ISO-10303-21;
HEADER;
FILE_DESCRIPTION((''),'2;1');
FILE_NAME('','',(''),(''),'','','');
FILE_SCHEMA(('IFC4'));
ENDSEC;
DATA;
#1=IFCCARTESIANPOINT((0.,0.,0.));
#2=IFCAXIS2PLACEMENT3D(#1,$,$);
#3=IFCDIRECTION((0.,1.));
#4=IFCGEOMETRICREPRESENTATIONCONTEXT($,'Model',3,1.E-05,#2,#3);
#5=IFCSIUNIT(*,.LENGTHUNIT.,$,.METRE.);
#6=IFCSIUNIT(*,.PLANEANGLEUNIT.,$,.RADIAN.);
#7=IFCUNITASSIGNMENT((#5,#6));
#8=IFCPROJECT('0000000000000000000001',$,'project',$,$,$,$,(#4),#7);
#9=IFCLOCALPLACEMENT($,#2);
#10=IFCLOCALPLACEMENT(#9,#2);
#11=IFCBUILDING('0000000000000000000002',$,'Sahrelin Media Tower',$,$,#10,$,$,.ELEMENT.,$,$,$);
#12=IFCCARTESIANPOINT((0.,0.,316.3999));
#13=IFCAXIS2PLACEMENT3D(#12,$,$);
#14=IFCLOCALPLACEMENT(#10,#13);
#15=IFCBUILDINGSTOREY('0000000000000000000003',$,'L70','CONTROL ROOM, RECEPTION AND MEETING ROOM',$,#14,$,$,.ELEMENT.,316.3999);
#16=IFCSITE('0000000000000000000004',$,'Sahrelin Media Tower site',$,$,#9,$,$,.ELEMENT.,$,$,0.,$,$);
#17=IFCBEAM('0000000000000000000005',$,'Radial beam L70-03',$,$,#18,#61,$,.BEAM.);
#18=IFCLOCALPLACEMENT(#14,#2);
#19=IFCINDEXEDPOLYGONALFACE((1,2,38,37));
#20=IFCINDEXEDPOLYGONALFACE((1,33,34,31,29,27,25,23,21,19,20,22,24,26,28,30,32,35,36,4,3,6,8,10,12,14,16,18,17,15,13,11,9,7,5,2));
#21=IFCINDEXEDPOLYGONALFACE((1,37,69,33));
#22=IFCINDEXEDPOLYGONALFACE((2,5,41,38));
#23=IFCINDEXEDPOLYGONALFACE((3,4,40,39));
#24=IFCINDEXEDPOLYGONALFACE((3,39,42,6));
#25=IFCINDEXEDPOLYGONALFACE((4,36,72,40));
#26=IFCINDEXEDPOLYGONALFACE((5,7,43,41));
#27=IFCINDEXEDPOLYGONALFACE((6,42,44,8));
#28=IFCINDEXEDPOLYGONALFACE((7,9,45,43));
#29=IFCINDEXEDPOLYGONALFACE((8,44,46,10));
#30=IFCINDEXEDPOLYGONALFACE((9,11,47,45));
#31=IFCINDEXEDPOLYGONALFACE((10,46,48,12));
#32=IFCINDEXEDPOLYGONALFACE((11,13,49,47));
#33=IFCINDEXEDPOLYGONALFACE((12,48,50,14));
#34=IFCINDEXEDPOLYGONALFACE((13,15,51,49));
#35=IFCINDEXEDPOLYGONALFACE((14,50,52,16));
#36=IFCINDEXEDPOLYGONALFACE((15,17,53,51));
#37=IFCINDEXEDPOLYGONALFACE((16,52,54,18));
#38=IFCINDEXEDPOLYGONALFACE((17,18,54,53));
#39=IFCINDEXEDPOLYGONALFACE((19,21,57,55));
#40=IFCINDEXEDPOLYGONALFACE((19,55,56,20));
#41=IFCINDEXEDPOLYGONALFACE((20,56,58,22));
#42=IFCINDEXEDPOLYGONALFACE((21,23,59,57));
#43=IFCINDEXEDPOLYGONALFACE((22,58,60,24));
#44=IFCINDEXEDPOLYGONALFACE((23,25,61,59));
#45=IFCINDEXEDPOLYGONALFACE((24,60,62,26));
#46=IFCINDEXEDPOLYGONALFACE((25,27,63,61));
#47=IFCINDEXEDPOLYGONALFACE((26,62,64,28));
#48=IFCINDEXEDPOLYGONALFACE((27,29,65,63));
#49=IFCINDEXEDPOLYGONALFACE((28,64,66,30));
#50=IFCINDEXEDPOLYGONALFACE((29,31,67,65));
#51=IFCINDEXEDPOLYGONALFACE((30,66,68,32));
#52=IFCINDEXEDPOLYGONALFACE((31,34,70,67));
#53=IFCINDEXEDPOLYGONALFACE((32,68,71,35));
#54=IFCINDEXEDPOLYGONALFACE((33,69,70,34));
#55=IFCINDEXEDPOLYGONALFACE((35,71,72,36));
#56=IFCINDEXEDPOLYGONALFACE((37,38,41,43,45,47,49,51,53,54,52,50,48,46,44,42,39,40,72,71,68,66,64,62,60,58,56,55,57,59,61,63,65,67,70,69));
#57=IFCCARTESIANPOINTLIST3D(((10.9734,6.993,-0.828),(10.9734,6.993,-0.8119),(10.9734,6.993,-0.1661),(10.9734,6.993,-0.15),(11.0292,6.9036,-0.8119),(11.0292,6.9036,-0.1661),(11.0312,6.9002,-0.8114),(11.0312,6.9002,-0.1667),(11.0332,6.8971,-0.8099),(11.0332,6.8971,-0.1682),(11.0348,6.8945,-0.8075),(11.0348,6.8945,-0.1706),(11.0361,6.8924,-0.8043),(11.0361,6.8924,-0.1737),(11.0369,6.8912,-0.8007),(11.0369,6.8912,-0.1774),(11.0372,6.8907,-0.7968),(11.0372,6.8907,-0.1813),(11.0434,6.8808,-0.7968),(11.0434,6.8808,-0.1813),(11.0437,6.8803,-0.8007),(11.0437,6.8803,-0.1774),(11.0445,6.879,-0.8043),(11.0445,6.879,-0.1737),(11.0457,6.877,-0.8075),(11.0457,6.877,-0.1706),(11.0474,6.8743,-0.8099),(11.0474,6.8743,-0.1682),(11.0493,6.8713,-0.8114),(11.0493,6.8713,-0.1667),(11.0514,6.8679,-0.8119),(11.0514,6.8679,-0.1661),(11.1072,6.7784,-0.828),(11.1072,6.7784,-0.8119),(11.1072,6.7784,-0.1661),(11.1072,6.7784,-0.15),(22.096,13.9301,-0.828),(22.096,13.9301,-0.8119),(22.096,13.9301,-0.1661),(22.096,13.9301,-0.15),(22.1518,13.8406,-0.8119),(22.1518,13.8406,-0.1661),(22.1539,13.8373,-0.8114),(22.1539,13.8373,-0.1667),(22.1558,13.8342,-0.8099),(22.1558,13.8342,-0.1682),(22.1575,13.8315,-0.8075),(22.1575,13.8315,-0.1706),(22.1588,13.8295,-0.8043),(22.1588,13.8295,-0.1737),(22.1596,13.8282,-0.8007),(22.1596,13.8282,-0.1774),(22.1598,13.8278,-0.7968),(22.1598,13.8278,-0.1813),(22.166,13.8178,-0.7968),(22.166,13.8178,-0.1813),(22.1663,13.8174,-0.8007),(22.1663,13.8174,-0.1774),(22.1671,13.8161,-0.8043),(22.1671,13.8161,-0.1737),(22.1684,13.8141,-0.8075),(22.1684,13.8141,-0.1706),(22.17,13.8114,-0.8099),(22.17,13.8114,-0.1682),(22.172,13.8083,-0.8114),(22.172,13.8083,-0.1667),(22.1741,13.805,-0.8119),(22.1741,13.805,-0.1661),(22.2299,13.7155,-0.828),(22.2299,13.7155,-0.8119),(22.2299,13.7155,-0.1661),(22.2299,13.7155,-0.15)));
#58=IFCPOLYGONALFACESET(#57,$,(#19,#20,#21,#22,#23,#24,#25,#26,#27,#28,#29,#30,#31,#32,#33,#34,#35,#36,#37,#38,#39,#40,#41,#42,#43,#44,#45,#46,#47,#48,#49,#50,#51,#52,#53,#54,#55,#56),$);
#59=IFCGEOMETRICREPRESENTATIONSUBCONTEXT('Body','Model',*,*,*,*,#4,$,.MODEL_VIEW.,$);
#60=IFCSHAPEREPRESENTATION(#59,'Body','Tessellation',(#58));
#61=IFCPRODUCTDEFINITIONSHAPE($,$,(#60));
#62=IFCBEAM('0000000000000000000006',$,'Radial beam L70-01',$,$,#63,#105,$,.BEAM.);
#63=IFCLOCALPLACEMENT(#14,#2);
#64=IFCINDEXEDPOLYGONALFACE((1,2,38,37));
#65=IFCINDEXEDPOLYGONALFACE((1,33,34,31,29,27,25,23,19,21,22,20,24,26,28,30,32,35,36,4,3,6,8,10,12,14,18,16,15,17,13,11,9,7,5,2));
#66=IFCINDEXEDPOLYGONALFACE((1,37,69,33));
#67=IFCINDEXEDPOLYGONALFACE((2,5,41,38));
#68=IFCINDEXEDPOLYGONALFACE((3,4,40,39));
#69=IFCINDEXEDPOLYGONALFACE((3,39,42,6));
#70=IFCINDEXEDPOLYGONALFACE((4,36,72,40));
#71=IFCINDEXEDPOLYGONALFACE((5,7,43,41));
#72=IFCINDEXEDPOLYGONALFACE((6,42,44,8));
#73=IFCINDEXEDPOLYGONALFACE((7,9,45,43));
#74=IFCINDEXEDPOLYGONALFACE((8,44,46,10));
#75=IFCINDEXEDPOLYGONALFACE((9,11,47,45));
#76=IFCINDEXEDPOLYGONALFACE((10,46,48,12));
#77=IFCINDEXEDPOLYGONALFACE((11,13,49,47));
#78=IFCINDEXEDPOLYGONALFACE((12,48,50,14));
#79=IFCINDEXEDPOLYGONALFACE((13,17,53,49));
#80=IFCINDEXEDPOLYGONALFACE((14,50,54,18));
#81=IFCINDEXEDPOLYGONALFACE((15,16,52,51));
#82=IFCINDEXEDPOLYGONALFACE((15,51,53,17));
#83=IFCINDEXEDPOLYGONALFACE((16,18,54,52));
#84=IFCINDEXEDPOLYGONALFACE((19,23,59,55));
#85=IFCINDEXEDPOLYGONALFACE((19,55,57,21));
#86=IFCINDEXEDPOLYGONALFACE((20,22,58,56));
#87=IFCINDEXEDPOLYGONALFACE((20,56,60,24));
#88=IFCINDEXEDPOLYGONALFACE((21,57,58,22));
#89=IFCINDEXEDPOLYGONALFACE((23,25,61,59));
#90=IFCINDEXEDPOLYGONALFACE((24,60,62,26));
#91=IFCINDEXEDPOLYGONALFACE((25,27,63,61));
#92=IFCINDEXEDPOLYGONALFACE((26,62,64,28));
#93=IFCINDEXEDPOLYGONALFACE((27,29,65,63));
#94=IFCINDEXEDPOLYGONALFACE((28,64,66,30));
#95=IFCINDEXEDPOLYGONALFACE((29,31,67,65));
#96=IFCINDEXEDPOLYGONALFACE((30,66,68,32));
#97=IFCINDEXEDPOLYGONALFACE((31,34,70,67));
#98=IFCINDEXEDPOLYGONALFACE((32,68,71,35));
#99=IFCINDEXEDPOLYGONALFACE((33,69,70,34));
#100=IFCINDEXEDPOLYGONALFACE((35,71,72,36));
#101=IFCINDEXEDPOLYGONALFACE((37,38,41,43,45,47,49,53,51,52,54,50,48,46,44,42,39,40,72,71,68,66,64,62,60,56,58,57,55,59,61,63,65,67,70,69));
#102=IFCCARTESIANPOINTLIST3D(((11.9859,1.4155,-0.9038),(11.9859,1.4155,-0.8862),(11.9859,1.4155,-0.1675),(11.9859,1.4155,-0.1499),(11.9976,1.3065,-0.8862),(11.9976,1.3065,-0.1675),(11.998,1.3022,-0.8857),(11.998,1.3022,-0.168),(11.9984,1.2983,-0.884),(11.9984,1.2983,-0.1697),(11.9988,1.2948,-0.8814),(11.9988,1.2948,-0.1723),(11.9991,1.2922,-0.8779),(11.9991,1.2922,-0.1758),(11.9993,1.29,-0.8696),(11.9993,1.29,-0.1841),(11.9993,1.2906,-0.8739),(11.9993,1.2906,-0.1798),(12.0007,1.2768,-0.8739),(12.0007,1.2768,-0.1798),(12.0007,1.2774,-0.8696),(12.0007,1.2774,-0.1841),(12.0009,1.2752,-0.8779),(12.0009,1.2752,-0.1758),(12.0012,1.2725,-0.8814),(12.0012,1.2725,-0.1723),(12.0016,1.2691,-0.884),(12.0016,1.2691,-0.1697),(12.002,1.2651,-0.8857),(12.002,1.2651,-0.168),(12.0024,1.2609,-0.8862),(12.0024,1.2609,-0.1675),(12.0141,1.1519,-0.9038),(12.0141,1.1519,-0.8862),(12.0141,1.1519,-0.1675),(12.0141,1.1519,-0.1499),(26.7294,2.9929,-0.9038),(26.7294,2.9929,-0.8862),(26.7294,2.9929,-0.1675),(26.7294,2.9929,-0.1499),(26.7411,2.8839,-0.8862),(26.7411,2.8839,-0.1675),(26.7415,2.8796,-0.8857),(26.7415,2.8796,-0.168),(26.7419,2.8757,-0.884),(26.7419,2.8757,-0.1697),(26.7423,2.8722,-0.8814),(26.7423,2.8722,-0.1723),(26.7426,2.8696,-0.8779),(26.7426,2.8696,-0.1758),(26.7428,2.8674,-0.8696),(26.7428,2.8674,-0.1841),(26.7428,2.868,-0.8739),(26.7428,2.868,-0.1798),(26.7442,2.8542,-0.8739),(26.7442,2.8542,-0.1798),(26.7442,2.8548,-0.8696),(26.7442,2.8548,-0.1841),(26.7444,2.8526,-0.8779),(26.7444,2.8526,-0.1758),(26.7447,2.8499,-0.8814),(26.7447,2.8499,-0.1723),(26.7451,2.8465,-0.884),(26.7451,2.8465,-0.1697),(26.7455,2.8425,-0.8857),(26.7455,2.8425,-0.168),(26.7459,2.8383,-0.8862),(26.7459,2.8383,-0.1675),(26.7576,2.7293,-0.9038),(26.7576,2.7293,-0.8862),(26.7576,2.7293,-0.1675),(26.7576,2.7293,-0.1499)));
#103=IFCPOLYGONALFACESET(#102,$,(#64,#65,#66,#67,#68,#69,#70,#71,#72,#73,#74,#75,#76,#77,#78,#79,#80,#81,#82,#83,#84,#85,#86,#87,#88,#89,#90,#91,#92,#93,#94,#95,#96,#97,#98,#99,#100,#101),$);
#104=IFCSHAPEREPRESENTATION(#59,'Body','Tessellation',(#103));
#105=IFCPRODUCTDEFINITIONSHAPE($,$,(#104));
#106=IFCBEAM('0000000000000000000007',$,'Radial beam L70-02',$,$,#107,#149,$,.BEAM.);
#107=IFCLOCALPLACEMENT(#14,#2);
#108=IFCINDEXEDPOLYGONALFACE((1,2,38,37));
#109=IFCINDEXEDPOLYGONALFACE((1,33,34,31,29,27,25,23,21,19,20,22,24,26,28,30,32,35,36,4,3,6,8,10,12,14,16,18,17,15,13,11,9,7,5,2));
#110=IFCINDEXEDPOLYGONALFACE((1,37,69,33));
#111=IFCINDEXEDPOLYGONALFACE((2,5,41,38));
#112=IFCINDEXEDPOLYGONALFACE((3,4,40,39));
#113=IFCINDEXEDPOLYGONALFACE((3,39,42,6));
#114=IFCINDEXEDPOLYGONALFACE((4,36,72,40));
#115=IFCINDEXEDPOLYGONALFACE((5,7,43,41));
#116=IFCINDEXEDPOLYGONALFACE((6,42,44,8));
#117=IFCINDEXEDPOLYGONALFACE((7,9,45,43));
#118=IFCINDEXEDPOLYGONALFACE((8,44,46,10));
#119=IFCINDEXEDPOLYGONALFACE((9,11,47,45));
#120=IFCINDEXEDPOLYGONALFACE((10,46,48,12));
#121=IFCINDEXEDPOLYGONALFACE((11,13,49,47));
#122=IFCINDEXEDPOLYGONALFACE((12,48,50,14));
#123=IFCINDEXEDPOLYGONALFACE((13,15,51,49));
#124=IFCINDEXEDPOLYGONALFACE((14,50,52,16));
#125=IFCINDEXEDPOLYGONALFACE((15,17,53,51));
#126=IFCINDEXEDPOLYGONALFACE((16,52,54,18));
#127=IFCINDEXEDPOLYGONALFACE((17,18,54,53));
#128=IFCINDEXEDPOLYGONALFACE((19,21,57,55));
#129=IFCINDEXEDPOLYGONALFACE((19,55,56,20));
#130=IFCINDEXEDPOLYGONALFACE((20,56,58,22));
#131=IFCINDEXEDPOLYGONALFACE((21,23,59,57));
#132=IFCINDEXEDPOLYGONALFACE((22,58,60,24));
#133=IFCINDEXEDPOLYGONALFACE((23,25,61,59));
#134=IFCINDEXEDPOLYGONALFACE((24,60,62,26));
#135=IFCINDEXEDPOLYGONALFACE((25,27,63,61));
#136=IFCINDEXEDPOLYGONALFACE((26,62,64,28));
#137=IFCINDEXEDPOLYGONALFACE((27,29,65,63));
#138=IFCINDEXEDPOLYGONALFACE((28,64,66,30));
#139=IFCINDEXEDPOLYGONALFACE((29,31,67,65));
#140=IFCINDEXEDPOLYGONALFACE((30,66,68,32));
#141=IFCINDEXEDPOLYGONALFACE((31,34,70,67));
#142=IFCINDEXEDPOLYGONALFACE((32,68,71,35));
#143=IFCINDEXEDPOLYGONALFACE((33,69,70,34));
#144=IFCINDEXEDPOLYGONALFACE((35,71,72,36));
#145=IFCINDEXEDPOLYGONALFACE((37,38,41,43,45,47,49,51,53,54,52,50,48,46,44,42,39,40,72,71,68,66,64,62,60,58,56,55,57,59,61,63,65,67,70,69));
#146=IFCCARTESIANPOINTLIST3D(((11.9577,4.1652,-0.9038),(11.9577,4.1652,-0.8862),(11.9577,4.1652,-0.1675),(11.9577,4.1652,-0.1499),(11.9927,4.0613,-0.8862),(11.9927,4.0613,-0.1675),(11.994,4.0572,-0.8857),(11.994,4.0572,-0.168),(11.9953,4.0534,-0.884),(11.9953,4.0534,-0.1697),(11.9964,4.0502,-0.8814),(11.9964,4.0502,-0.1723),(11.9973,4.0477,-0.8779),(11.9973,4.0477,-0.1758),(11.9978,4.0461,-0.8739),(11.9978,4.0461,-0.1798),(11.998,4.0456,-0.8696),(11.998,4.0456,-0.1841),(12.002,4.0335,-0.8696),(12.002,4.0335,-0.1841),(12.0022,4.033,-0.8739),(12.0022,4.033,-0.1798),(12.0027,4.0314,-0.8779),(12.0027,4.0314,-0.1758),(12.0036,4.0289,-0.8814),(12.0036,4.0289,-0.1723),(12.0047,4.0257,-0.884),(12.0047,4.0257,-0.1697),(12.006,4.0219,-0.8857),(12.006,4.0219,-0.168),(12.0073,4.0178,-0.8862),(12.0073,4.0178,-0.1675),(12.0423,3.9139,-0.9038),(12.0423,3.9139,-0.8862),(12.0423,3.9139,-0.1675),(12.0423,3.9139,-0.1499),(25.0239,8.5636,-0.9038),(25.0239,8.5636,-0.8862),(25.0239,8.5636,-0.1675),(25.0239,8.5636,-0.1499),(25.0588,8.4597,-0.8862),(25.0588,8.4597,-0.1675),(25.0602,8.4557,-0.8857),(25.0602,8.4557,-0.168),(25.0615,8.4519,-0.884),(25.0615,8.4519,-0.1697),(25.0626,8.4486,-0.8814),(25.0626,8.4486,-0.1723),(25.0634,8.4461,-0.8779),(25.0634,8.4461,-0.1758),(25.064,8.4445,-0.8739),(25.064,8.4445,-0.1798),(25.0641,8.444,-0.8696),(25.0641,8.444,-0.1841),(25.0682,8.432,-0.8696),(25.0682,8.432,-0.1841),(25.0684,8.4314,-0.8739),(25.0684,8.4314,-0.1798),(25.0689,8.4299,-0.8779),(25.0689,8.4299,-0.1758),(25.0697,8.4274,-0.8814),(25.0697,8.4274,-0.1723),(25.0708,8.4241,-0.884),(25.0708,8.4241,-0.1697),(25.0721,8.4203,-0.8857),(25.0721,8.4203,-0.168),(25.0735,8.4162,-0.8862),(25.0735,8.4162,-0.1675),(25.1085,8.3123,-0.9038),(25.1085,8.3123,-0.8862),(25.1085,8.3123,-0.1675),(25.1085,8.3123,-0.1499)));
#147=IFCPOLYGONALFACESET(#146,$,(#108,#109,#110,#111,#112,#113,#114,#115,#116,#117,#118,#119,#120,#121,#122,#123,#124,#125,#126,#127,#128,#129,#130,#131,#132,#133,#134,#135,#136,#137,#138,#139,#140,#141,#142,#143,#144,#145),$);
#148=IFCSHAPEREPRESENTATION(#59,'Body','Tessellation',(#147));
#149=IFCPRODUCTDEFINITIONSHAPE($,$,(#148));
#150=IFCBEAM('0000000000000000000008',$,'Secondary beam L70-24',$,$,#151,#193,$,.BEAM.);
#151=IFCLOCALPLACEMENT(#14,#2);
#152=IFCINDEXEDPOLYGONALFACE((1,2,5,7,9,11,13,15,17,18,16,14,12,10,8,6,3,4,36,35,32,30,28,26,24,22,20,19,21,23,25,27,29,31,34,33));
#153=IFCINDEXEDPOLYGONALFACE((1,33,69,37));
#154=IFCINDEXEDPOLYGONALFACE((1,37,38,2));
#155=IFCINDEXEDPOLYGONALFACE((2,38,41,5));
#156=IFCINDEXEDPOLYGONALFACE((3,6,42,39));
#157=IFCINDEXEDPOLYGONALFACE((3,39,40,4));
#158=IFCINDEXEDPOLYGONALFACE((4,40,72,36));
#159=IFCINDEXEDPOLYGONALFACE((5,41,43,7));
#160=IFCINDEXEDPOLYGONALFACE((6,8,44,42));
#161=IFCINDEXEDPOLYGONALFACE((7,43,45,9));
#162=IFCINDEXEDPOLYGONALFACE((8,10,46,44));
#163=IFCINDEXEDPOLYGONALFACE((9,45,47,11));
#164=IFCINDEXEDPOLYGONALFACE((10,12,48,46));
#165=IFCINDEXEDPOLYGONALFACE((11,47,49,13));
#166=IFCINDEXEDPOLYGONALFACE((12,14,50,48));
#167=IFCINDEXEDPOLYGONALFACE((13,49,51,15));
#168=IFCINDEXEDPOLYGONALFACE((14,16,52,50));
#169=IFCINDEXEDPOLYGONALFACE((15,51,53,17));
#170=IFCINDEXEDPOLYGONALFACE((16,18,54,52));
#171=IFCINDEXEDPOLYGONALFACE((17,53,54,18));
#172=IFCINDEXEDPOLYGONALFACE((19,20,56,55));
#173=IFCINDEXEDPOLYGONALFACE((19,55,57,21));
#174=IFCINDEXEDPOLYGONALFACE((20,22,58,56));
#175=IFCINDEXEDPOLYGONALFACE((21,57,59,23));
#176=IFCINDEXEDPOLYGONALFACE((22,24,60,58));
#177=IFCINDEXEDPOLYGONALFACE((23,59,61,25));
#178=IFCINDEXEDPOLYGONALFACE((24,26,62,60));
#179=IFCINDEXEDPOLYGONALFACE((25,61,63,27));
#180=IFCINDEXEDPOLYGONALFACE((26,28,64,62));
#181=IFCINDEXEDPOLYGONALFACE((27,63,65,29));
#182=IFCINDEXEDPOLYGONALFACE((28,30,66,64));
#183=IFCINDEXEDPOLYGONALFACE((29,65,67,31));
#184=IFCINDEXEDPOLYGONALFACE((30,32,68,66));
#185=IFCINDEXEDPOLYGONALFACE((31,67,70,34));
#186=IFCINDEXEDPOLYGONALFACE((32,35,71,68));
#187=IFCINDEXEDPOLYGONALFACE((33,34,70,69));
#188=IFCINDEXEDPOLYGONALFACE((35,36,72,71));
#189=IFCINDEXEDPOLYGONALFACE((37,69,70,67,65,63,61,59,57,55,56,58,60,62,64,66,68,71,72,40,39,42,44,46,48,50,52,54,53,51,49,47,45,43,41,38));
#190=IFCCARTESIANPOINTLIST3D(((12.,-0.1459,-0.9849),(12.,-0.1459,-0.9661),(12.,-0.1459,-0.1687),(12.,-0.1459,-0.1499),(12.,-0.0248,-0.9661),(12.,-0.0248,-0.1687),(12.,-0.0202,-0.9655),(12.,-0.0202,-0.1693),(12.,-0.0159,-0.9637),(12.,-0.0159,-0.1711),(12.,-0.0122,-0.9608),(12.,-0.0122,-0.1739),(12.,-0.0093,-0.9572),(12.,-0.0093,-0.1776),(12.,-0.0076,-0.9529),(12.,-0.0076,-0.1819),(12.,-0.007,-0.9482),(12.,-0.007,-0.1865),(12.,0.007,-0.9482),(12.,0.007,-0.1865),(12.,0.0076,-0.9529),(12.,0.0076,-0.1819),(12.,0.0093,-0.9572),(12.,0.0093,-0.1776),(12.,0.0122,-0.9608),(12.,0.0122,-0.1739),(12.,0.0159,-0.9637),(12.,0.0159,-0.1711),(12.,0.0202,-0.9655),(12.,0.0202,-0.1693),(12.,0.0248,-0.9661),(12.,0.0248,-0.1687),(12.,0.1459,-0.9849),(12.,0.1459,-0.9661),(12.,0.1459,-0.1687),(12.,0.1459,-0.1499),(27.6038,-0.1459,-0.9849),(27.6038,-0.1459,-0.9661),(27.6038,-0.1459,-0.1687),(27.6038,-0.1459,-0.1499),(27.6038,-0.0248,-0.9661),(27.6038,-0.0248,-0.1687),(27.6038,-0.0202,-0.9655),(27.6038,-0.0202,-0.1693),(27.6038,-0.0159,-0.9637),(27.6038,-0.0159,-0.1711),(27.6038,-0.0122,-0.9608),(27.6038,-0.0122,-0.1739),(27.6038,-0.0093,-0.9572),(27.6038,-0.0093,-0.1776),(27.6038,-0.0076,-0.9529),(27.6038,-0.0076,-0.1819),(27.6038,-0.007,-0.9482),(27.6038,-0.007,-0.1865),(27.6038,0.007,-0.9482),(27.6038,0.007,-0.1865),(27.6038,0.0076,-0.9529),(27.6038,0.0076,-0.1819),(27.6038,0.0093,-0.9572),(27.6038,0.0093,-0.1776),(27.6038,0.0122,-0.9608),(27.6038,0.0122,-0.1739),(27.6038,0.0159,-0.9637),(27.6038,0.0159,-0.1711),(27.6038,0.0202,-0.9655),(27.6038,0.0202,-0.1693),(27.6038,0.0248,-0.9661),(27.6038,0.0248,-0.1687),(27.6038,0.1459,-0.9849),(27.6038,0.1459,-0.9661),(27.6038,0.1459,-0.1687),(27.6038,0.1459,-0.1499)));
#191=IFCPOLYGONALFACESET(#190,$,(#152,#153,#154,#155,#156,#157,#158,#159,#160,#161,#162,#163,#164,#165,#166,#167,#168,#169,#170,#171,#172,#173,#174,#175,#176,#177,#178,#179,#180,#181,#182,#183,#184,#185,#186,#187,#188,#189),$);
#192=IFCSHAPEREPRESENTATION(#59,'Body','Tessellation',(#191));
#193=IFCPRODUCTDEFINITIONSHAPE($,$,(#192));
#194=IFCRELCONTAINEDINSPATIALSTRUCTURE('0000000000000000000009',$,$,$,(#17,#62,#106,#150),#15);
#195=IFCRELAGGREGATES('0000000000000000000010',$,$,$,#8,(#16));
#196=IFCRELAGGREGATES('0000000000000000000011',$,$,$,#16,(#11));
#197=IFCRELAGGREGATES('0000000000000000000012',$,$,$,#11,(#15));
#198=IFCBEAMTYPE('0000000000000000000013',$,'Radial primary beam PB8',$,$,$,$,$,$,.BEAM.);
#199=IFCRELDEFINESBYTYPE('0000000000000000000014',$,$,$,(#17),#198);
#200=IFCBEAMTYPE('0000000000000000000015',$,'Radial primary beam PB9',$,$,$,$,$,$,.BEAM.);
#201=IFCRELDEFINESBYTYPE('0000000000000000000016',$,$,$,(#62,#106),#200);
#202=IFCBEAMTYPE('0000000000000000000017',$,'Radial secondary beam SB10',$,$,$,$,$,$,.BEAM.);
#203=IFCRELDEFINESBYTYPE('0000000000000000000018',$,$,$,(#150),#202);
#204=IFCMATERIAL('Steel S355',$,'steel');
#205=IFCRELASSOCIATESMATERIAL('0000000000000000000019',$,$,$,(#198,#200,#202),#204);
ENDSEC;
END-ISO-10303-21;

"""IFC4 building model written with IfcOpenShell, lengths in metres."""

from ifc_helpers import new_model, si_unit, direction, frame, origin, origin_2d, place, context, subcontext, project, spatial, i_section, extrude, material, material_profile, profile_set, type_object, element, save


model = new_model("IFC4")

# Units and contexts
model_context = context("Model", 3, precision=1e-05, world=origin(), true_north=direction((0.0, 1.0)))
body_context = subcontext(model_context, "Body", "Model", "MODEL_VIEW")
ifc_project = project(units=[si_unit("LENGTHUNIT", "METRE"), si_unit("PLANEANGLEUNIT", "RADIAN")], contexts=[model_context])

# Site, building, storey
site_placement = place(None, origin())
site = spatial("IfcSite", under=ifc_project, at=site_placement, Name="Sahrelin Media Tower site", CompositionType="ELEMENT", RefElevation=0.0)
building_placement = place(site_placement, origin())
building = spatial("IfcBuilding", under=site, at=building_placement, Name="Sahrelin Media Tower", CompositionType="ELEMENT")
storey_placement = place(building_placement, frame((0.0, 0.0, 316.3999)))
storey = spatial("IfcBuildingStorey", under=building, at=storey_placement, Name="L70", Description="CONTROL ROOM, RECEPTION AND MEETING ROOM", CompositionType="ELEMENT", Elevation=316.3999)

# Beams
ifc_material_1 = material(Name="Steel S355", Category="steel")
ifc_material_profile_1 = material_profile(ifc_material_1, i_section(OverallWidth=0.2529, OverallDepth=0.678, WebThickness=0.0117, FlangeThickness=0.0161, FilletRadius=0.0151, at=origin_2d()), Name="UB 686x254x125")
ifc_profile_set_1 = profile_set([ifc_material_profile_1], Name="Steel S355")
beam_type_1 = type_object("IfcBeamType", Name="Radial primary beam PB8", PredefinedType="BEAM", material=ifc_profile_set_1)
beam_1_placement = place(storey_placement, frame((11.0403, 6.8857, -0.489), z_axis=(0.848498, 0.529198, 0.0), x_axis=(-0.529198, 0.848498, 0.0)))
element("IfcBeam", 1, at=beam_1_placement, inside=storey, type_object=beam_type_1, Name="Radial beam L70-03", PredefinedType="BEAM", context=body_context, shape_type="SweptSolid", body=[
    extrude(i_section(OverallWidth=0.2529, OverallDepth=0.678, WebThickness=0.0117, FlangeThickness=0.0161, FilletRadius=0.0151, at=origin_2d()), origin(), (0.0, 0.0, 1.0), 13.1086),
])
ifc_material_profile_2 = material_profile(ifc_material_1, i_section(OverallWidth=0.2651, OverallDepth=0.7539, WebThickness=0.0127, FlangeThickness=0.0176, FilletRadius=0.0166, at=origin_2d()), Name="UB 762x267x147")
ifc_profile_set_2 = profile_set([ifc_material_profile_2], Name="Steel S355")
beam_type_2 = type_object("IfcBeamType", Name="Radial primary beam PB9", PredefinedType="BEAM", material=ifc_profile_set_2)
beam_2_placement = place(storey_placement, frame((12.0, 1.2837, -0.5269), z_axis=(0.994325, 0.106383, 0.0), x_axis=(-0.106383, 0.994325, 0.0)))
element("IfcBeam", 2, at=beam_2_placement, inside=storey, type_object=beam_type_2, Name="Radial beam L70-01", PredefinedType="BEAM", context=body_context, shape_type="SweptSolid", body=[
    extrude(i_section(OverallWidth=0.2651, OverallDepth=0.7539, WebThickness=0.0127, FlangeThickness=0.0176, FilletRadius=0.0166, at=origin_2d()), origin(), (0.0, 0.0, 1.0), 14.8276),
])
beam_3_placement = place(storey_placement, frame((12.0, 4.0396, -0.5269), z_axis=(0.947742, 0.319037, 0.0), x_axis=(-0.319037, 0.947742, 0.0)))
element("IfcBeam", 3, at=beam_3_placement, inside=storey, type_object=beam_type_2, Name="Radial beam L70-02", PredefinedType="BEAM", context=body_context, shape_type="SweptSolid", body=[
    extrude(i_section(OverallWidth=0.2651, OverallDepth=0.7539, WebThickness=0.0127, FlangeThickness=0.0176, FilletRadius=0.0166, at=origin_2d()), origin(), (0.0, 0.0, 1.0), 13.7866),
])
ifc_material_profile_3 = material_profile(ifc_material_1, i_section(OverallWidth=0.2917, OverallDepth=0.835, WebThickness=0.0139, FlangeThickness=0.0188, FilletRadius=0.0178, at=origin_2d()), Name="UB 838x292x176")
ifc_profile_set_3 = profile_set([ifc_material_profile_3], Name="Steel S355")
beam_type_3 = type_object("IfcBeamType", Name="Radial secondary beam SB10", PredefinedType="BEAM", material=ifc_profile_set_3)
beam_4_placement = place(storey_placement, frame((12.0, 0.0, -0.5674), z_axis=(1.0, 0.0, 0.0), x_axis=(0.0, 1.0, 0.0)))
element("IfcBeam", 4, at=beam_4_placement, inside=storey, type_object=beam_type_3, Name="Secondary beam L70-24", PredefinedType="BEAM", context=body_context, shape_type="SweptSolid", body=[
    extrude(i_section(OverallWidth=0.2917, OverallDepth=0.835, WebThickness=0.0139, FlangeThickness=0.0188, FilletRadius=0.0178, at=origin_2d()), origin(), (0.0, 0.0, 1.0), 15.6038),
])

save(model, "model.ifc")
